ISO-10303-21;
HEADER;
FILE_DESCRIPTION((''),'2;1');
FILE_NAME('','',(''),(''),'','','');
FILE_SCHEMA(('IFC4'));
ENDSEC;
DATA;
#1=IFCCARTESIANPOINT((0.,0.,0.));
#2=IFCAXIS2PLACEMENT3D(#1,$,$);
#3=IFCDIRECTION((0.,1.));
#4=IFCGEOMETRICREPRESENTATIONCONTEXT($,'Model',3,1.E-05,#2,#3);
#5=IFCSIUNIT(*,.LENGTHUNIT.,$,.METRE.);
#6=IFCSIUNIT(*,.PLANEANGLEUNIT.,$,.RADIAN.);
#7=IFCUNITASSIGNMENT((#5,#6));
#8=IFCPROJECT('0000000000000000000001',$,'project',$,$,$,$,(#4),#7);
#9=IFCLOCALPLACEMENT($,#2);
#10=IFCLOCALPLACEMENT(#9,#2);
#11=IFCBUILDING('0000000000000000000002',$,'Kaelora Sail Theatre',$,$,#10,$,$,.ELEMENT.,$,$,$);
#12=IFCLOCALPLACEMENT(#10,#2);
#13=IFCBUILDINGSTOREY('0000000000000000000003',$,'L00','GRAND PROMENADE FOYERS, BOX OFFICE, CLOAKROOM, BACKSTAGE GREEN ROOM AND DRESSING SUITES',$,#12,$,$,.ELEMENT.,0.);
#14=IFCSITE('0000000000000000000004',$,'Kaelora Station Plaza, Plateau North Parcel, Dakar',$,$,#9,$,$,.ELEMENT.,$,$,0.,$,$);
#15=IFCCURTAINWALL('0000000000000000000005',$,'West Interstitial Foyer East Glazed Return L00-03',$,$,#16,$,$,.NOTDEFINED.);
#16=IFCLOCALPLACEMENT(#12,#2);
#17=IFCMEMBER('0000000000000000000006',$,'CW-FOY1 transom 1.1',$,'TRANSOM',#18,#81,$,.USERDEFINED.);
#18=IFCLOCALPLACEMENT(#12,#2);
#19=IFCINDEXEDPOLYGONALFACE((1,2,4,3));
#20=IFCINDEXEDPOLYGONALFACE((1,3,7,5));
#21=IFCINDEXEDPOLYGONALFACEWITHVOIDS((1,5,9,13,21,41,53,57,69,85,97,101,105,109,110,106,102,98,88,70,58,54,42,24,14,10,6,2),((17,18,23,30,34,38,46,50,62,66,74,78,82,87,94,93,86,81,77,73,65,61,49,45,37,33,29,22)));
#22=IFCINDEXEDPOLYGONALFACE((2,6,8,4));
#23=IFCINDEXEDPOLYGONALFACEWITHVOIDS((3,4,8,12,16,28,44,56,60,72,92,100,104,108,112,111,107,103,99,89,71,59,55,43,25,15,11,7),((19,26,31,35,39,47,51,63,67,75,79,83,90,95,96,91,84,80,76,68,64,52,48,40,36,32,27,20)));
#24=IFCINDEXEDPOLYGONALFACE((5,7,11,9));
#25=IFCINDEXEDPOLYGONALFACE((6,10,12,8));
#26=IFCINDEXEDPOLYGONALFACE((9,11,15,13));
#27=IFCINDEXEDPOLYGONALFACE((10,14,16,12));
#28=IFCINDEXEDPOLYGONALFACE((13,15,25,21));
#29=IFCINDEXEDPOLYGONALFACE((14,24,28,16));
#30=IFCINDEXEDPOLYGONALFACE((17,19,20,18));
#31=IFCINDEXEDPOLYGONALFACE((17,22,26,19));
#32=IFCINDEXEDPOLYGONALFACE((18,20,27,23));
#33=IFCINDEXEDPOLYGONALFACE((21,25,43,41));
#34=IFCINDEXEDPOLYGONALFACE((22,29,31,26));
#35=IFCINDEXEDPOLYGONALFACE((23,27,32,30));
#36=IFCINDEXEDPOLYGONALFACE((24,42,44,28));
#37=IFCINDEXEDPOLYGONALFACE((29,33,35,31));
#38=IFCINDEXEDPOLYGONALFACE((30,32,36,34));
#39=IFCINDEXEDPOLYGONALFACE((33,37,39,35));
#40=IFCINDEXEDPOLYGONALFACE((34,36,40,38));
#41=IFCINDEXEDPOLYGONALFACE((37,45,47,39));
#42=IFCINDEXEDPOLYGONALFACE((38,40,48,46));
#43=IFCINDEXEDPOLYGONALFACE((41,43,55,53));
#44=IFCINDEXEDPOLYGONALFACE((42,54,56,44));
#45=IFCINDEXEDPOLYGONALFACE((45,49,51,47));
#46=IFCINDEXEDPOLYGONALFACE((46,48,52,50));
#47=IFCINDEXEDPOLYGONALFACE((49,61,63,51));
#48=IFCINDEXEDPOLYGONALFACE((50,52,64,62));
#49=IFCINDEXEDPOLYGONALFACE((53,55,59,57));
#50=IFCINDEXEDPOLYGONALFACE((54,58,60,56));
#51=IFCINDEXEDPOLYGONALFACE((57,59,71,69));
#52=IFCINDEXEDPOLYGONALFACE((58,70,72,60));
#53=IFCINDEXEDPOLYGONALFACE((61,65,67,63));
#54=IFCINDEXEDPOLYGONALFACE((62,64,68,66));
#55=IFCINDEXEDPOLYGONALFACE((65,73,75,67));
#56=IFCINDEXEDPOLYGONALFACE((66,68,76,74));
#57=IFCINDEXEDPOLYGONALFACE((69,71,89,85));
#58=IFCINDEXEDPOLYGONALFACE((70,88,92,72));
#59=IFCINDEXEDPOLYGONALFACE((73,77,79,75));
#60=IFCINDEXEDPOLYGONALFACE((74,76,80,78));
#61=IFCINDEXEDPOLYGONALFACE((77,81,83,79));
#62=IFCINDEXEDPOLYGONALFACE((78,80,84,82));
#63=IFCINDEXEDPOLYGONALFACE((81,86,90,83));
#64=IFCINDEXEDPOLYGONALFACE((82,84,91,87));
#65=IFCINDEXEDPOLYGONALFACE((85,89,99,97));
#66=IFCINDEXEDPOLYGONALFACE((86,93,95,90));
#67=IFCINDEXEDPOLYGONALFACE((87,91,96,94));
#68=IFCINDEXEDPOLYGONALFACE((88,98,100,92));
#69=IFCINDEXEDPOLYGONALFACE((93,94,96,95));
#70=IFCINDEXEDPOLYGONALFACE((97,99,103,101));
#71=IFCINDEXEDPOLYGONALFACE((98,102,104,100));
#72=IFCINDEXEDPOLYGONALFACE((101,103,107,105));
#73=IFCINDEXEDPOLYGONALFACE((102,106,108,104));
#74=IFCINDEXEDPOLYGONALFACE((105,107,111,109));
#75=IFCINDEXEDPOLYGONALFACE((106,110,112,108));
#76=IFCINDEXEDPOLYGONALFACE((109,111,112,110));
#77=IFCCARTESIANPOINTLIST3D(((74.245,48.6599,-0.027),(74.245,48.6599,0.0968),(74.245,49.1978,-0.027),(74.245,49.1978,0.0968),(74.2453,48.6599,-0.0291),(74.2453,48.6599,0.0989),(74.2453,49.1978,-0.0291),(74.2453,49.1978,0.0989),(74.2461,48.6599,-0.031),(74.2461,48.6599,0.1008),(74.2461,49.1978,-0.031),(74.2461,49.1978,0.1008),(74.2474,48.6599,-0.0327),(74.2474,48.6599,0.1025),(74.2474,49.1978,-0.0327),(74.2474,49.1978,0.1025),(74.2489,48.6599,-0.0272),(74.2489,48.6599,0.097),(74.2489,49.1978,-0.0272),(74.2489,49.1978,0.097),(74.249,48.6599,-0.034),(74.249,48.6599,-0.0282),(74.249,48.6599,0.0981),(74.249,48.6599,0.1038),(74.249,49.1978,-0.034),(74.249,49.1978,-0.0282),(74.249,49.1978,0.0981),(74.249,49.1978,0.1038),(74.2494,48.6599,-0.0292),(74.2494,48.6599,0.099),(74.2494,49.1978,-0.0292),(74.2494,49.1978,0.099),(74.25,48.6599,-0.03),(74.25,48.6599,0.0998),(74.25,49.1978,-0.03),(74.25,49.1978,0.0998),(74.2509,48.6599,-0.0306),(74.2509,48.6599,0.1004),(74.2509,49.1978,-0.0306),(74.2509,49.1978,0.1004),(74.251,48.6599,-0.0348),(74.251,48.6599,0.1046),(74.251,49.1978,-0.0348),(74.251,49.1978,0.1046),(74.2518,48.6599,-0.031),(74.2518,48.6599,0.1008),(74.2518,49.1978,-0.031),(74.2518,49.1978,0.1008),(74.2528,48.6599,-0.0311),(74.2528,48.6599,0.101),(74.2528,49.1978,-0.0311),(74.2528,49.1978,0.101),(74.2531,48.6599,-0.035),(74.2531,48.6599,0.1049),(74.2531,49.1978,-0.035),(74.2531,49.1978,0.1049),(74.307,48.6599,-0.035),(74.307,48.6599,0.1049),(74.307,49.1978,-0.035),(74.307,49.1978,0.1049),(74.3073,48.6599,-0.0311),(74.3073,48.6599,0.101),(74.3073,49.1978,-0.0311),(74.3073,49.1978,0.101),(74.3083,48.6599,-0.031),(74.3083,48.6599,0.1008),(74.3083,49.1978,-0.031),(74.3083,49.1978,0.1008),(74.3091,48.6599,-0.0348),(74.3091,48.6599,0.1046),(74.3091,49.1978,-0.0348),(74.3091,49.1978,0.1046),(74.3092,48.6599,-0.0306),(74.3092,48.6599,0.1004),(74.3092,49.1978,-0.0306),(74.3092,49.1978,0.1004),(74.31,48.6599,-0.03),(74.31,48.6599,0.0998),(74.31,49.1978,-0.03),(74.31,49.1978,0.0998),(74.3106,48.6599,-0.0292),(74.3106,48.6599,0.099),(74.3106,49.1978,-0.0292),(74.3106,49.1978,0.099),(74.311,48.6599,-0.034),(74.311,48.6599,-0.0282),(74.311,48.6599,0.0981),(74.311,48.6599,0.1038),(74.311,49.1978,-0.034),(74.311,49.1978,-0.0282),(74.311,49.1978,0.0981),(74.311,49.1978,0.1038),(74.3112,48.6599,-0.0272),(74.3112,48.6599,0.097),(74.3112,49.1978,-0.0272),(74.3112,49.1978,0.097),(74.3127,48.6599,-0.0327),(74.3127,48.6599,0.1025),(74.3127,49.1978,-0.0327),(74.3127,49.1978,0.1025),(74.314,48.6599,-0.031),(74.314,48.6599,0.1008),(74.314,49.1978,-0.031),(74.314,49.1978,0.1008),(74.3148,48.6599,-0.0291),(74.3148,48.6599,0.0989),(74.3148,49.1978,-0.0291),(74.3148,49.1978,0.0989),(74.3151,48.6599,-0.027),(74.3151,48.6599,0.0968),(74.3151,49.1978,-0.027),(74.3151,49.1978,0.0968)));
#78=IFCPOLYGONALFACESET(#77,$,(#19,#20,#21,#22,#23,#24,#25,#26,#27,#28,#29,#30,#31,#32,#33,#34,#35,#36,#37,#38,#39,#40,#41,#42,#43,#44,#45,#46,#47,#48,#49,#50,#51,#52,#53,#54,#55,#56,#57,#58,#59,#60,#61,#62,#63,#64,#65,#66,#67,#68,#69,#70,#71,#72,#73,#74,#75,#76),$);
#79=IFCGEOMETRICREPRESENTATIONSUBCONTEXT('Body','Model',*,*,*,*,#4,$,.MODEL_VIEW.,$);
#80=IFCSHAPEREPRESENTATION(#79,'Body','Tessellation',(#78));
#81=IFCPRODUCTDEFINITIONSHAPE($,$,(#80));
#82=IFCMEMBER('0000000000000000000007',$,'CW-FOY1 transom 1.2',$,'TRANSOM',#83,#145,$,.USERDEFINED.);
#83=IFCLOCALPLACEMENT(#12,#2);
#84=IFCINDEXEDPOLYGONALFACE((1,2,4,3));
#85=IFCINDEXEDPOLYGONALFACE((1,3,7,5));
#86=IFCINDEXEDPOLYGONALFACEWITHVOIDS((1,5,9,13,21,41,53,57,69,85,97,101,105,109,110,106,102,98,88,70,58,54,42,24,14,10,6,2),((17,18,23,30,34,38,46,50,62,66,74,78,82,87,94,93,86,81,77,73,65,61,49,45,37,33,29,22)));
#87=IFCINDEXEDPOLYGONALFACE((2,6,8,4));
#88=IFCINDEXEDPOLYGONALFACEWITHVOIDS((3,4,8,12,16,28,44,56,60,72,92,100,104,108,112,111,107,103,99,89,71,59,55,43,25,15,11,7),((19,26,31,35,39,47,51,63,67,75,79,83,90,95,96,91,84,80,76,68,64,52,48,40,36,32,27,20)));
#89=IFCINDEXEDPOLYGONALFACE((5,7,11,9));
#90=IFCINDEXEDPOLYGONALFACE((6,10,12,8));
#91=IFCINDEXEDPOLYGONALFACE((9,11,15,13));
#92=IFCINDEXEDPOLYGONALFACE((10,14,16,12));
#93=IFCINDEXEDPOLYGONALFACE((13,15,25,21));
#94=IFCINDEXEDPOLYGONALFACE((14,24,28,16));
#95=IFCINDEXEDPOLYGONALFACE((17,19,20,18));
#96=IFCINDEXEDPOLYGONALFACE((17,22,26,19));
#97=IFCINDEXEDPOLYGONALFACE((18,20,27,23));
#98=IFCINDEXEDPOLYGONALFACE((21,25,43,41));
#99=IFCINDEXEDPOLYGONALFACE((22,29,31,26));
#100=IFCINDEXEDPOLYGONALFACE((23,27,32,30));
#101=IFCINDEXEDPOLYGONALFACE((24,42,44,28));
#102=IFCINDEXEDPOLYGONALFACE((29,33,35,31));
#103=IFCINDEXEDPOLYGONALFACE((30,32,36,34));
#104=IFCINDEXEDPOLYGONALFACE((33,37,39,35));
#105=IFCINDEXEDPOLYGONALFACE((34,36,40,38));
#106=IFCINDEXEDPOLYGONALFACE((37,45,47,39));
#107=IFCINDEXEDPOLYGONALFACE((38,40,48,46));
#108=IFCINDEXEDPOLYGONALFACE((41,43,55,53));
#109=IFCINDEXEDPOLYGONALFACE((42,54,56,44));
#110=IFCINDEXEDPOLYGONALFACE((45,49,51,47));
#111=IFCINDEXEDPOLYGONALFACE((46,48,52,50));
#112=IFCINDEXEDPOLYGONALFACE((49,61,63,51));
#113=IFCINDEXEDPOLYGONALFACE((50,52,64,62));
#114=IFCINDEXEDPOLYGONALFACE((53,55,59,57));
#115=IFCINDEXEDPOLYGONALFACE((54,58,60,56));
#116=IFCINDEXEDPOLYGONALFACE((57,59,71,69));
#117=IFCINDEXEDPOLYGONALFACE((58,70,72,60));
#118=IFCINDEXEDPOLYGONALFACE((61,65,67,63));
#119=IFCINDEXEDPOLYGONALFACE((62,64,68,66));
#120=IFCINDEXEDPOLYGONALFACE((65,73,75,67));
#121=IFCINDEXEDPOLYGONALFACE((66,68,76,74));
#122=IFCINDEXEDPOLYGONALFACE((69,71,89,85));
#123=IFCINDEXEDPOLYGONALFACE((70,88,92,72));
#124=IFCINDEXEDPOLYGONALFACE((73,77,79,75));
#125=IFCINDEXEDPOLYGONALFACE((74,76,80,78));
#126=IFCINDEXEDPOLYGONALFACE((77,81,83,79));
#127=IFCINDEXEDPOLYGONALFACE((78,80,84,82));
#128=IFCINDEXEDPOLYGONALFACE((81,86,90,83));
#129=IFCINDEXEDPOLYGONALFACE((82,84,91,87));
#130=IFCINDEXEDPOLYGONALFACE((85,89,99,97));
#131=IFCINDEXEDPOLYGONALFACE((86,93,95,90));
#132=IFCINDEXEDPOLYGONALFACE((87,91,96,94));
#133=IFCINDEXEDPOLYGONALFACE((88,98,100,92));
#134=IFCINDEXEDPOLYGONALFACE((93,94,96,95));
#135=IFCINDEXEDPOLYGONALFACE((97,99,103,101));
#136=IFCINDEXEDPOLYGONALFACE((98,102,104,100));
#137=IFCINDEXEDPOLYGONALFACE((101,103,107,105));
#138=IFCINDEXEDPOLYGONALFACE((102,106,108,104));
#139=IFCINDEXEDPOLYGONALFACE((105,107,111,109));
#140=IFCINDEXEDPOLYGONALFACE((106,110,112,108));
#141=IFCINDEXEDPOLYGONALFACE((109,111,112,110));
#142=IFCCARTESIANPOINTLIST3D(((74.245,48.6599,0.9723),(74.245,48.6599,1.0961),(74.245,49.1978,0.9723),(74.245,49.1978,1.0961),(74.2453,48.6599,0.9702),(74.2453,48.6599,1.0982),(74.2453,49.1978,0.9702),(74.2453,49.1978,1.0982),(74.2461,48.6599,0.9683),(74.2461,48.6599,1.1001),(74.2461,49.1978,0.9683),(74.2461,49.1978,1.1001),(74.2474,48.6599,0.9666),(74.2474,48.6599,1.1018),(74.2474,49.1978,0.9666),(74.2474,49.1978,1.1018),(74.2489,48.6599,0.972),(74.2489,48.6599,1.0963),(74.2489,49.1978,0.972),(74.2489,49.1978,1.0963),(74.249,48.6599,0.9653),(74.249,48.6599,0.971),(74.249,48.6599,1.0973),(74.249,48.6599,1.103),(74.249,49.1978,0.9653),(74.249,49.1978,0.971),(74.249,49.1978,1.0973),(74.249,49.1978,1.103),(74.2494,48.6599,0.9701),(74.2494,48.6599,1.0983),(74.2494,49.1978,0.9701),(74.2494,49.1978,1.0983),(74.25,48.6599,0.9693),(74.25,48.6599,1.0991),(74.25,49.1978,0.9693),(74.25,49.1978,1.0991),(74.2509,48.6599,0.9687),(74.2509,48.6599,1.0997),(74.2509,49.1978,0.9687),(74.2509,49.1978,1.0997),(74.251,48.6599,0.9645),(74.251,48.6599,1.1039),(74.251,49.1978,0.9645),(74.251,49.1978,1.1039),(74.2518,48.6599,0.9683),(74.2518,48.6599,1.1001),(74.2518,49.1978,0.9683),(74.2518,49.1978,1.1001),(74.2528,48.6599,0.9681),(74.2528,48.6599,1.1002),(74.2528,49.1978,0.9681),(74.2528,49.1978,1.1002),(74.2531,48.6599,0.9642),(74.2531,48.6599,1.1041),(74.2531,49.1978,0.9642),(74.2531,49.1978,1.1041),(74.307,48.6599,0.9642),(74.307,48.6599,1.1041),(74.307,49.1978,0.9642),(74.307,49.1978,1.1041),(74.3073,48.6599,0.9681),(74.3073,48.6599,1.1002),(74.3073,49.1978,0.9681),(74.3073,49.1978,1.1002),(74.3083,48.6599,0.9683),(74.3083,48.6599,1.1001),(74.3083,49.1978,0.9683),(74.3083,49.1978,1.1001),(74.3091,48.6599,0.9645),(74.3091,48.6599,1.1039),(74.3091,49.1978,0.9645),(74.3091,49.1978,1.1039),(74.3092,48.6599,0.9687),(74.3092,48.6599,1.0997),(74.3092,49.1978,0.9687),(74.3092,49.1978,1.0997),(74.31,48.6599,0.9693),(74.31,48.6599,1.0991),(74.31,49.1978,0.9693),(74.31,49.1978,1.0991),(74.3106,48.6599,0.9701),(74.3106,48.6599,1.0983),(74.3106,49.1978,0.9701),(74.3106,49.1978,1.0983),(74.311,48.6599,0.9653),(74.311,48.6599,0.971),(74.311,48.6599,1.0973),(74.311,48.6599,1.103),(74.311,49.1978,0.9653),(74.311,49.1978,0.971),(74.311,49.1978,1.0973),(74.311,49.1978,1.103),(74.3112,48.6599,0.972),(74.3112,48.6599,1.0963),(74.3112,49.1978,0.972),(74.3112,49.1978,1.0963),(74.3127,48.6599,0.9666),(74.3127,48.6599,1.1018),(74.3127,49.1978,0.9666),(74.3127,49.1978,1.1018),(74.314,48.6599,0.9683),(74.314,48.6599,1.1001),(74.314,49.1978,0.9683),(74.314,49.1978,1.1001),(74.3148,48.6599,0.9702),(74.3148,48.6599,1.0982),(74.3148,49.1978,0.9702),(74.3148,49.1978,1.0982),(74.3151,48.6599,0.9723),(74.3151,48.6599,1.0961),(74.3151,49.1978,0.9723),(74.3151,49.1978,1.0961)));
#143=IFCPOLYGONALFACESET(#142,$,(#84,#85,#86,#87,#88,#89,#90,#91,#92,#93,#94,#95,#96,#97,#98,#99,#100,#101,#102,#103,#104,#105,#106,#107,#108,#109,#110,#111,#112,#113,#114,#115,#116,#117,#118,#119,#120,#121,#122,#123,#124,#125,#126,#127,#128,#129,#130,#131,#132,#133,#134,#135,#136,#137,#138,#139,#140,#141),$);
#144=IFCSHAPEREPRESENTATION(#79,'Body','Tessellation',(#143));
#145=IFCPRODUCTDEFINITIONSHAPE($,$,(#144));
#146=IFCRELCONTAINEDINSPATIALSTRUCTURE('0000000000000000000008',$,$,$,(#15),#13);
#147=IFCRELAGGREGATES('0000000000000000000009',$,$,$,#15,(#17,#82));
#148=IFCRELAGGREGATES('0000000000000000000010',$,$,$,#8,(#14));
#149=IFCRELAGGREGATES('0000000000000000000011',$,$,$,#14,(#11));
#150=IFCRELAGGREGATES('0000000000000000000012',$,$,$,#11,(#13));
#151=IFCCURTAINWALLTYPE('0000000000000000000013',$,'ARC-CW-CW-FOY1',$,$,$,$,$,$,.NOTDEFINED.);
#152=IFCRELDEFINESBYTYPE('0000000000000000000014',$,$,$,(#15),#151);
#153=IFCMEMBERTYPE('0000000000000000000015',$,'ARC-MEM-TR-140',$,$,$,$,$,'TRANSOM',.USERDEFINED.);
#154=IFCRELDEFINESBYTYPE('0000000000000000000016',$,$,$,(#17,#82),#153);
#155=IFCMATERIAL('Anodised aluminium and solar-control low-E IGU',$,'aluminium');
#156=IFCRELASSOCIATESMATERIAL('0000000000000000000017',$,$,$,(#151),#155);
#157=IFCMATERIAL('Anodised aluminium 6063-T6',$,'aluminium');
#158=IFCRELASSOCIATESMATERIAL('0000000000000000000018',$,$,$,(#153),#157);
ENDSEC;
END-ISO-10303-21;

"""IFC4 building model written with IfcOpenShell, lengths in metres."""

from ifc_helpers import new_model, si_unit, direction, frame, origin, origin_2d, place, context, subcontext, project, spatial, hollow_rectangle, extrude, material, material_profile, profile_set, type_object, element, aggregate, save


model = new_model("IFC4")

# Units and contexts
model_context = context("Model", 3, precision=1e-05, world=origin(), true_north=direction((0.0, 1.0)))
body_context = subcontext(model_context, "Body", "Model", "MODEL_VIEW")
ifc_project = project(units=[si_unit("LENGTHUNIT", "METRE"), si_unit("PLANEANGLEUNIT", "RADIAN")], contexts=[model_context])

# Site, building, storey
site_placement = place(None, origin())
site = spatial("IfcSite", under=ifc_project, at=site_placement, Name="Kaelora Station Plaza, Plateau North Parcel, Dakar", CompositionType="ELEMENT", RefElevation=0.0)
building_placement = place(site_placement, origin())
building = spatial("IfcBuilding", under=site, at=building_placement, Name="Kaelora Sail Theatre", CompositionType="ELEMENT")
storey_placement = place(building_placement, origin())
storey = spatial("IfcBuildingStorey", under=building, at=storey_placement, Name="L00", Description="GRAND PROMENADE FOYERS, BOX OFFICE, CLOAKROOM, BACKSTAGE GREEN ROOM AND DRESSING SUITES", CompositionType="ELEMENT", Elevation=0.0)

# Shared definitions
ifc_material_1 = material(Name="Anodised aluminium and solar-control low-E IGU", Category="aluminium")
curtain_wall_type = type_object("IfcCurtainWallType", Name="ARC-CW-CW-FOY1", PredefinedType="NOTDEFINED", material=ifc_material_1)

# Curtain wall
curtain_wall_1_placement = place(storey_placement, origin())
curtain_wall_1 = element("IfcCurtainWall", 1, at=curtain_wall_1_placement, inside=storey, type_object=curtain_wall_type, Name="West Interstitial Foyer East Glazed Return L00-03", PredefinedType="NOTDEFINED")

# Members
ifc_material_2 = material(Name="Anodised aluminium 6063-T6", Category="aluminium")
ifc_material_profile_1 = material_profile(ifc_material_2, hollow_rectangle(XDim=0.0701, YDim=0.1399, WallThickness=0.0039, InnerFilletRadius=0.0039, OuterFilletRadius=0.0081, at=origin_2d()), Name="ALU-TRAN 70x140x4")
ifc_profile_set_1 = profile_set([ifc_material_profile_1], Name="Anodised aluminium 6063-T6")
member_type_1 = type_object("IfcMemberType", Name="ARC-MEM-TR-140", ElementType="TRANSOM", PredefinedType="USERDEFINED", material=ifc_profile_set_1)
member_1_placement = place(storey_placement, frame((74.28, 48.6599, 0.0349), z_axis=(0.0, 1.0, 0.0), x_axis=(-1.0, 0.0, 0.0)))
member_1 = element("IfcMember", 2, at=member_1_placement, type_object=member_type_1, Name="CW-FOY1 transom 1.1", ObjectType="TRANSOM", PredefinedType="USERDEFINED", context=body_context, shape_type="SweptSolid", body=[
    extrude(hollow_rectangle(XDim=0.0701, YDim=0.1399, WallThickness=0.0039, InnerFilletRadius=0.0039, OuterFilletRadius=0.0081, at=origin_2d()), origin(), (0.0, 0.0, 1.0), 0.5378),
])
member_2_placement = place(storey_placement, frame((74.28, 48.6599, 1.0342), z_axis=(0.0, 1.0, 0.0), x_axis=(-1.0, 0.0, 0.0)))
member_2 = element("IfcMember", 3, at=member_2_placement, type_object=member_type_1, Name="CW-FOY1 transom 1.2", ObjectType="TRANSOM", PredefinedType="USERDEFINED", context=body_context, shape_type="SweptSolid", body=[
    extrude(hollow_rectangle(XDim=0.0701, YDim=0.1399, WallThickness=0.0039, InnerFilletRadius=0.0039, OuterFilletRadius=0.0081, at=origin_2d()), origin(), (0.0, 0.0, 1.0), 0.5378),
])
aggregate(curtain_wall_1, [member_1, member_2])

save(model, "model.ifc")
